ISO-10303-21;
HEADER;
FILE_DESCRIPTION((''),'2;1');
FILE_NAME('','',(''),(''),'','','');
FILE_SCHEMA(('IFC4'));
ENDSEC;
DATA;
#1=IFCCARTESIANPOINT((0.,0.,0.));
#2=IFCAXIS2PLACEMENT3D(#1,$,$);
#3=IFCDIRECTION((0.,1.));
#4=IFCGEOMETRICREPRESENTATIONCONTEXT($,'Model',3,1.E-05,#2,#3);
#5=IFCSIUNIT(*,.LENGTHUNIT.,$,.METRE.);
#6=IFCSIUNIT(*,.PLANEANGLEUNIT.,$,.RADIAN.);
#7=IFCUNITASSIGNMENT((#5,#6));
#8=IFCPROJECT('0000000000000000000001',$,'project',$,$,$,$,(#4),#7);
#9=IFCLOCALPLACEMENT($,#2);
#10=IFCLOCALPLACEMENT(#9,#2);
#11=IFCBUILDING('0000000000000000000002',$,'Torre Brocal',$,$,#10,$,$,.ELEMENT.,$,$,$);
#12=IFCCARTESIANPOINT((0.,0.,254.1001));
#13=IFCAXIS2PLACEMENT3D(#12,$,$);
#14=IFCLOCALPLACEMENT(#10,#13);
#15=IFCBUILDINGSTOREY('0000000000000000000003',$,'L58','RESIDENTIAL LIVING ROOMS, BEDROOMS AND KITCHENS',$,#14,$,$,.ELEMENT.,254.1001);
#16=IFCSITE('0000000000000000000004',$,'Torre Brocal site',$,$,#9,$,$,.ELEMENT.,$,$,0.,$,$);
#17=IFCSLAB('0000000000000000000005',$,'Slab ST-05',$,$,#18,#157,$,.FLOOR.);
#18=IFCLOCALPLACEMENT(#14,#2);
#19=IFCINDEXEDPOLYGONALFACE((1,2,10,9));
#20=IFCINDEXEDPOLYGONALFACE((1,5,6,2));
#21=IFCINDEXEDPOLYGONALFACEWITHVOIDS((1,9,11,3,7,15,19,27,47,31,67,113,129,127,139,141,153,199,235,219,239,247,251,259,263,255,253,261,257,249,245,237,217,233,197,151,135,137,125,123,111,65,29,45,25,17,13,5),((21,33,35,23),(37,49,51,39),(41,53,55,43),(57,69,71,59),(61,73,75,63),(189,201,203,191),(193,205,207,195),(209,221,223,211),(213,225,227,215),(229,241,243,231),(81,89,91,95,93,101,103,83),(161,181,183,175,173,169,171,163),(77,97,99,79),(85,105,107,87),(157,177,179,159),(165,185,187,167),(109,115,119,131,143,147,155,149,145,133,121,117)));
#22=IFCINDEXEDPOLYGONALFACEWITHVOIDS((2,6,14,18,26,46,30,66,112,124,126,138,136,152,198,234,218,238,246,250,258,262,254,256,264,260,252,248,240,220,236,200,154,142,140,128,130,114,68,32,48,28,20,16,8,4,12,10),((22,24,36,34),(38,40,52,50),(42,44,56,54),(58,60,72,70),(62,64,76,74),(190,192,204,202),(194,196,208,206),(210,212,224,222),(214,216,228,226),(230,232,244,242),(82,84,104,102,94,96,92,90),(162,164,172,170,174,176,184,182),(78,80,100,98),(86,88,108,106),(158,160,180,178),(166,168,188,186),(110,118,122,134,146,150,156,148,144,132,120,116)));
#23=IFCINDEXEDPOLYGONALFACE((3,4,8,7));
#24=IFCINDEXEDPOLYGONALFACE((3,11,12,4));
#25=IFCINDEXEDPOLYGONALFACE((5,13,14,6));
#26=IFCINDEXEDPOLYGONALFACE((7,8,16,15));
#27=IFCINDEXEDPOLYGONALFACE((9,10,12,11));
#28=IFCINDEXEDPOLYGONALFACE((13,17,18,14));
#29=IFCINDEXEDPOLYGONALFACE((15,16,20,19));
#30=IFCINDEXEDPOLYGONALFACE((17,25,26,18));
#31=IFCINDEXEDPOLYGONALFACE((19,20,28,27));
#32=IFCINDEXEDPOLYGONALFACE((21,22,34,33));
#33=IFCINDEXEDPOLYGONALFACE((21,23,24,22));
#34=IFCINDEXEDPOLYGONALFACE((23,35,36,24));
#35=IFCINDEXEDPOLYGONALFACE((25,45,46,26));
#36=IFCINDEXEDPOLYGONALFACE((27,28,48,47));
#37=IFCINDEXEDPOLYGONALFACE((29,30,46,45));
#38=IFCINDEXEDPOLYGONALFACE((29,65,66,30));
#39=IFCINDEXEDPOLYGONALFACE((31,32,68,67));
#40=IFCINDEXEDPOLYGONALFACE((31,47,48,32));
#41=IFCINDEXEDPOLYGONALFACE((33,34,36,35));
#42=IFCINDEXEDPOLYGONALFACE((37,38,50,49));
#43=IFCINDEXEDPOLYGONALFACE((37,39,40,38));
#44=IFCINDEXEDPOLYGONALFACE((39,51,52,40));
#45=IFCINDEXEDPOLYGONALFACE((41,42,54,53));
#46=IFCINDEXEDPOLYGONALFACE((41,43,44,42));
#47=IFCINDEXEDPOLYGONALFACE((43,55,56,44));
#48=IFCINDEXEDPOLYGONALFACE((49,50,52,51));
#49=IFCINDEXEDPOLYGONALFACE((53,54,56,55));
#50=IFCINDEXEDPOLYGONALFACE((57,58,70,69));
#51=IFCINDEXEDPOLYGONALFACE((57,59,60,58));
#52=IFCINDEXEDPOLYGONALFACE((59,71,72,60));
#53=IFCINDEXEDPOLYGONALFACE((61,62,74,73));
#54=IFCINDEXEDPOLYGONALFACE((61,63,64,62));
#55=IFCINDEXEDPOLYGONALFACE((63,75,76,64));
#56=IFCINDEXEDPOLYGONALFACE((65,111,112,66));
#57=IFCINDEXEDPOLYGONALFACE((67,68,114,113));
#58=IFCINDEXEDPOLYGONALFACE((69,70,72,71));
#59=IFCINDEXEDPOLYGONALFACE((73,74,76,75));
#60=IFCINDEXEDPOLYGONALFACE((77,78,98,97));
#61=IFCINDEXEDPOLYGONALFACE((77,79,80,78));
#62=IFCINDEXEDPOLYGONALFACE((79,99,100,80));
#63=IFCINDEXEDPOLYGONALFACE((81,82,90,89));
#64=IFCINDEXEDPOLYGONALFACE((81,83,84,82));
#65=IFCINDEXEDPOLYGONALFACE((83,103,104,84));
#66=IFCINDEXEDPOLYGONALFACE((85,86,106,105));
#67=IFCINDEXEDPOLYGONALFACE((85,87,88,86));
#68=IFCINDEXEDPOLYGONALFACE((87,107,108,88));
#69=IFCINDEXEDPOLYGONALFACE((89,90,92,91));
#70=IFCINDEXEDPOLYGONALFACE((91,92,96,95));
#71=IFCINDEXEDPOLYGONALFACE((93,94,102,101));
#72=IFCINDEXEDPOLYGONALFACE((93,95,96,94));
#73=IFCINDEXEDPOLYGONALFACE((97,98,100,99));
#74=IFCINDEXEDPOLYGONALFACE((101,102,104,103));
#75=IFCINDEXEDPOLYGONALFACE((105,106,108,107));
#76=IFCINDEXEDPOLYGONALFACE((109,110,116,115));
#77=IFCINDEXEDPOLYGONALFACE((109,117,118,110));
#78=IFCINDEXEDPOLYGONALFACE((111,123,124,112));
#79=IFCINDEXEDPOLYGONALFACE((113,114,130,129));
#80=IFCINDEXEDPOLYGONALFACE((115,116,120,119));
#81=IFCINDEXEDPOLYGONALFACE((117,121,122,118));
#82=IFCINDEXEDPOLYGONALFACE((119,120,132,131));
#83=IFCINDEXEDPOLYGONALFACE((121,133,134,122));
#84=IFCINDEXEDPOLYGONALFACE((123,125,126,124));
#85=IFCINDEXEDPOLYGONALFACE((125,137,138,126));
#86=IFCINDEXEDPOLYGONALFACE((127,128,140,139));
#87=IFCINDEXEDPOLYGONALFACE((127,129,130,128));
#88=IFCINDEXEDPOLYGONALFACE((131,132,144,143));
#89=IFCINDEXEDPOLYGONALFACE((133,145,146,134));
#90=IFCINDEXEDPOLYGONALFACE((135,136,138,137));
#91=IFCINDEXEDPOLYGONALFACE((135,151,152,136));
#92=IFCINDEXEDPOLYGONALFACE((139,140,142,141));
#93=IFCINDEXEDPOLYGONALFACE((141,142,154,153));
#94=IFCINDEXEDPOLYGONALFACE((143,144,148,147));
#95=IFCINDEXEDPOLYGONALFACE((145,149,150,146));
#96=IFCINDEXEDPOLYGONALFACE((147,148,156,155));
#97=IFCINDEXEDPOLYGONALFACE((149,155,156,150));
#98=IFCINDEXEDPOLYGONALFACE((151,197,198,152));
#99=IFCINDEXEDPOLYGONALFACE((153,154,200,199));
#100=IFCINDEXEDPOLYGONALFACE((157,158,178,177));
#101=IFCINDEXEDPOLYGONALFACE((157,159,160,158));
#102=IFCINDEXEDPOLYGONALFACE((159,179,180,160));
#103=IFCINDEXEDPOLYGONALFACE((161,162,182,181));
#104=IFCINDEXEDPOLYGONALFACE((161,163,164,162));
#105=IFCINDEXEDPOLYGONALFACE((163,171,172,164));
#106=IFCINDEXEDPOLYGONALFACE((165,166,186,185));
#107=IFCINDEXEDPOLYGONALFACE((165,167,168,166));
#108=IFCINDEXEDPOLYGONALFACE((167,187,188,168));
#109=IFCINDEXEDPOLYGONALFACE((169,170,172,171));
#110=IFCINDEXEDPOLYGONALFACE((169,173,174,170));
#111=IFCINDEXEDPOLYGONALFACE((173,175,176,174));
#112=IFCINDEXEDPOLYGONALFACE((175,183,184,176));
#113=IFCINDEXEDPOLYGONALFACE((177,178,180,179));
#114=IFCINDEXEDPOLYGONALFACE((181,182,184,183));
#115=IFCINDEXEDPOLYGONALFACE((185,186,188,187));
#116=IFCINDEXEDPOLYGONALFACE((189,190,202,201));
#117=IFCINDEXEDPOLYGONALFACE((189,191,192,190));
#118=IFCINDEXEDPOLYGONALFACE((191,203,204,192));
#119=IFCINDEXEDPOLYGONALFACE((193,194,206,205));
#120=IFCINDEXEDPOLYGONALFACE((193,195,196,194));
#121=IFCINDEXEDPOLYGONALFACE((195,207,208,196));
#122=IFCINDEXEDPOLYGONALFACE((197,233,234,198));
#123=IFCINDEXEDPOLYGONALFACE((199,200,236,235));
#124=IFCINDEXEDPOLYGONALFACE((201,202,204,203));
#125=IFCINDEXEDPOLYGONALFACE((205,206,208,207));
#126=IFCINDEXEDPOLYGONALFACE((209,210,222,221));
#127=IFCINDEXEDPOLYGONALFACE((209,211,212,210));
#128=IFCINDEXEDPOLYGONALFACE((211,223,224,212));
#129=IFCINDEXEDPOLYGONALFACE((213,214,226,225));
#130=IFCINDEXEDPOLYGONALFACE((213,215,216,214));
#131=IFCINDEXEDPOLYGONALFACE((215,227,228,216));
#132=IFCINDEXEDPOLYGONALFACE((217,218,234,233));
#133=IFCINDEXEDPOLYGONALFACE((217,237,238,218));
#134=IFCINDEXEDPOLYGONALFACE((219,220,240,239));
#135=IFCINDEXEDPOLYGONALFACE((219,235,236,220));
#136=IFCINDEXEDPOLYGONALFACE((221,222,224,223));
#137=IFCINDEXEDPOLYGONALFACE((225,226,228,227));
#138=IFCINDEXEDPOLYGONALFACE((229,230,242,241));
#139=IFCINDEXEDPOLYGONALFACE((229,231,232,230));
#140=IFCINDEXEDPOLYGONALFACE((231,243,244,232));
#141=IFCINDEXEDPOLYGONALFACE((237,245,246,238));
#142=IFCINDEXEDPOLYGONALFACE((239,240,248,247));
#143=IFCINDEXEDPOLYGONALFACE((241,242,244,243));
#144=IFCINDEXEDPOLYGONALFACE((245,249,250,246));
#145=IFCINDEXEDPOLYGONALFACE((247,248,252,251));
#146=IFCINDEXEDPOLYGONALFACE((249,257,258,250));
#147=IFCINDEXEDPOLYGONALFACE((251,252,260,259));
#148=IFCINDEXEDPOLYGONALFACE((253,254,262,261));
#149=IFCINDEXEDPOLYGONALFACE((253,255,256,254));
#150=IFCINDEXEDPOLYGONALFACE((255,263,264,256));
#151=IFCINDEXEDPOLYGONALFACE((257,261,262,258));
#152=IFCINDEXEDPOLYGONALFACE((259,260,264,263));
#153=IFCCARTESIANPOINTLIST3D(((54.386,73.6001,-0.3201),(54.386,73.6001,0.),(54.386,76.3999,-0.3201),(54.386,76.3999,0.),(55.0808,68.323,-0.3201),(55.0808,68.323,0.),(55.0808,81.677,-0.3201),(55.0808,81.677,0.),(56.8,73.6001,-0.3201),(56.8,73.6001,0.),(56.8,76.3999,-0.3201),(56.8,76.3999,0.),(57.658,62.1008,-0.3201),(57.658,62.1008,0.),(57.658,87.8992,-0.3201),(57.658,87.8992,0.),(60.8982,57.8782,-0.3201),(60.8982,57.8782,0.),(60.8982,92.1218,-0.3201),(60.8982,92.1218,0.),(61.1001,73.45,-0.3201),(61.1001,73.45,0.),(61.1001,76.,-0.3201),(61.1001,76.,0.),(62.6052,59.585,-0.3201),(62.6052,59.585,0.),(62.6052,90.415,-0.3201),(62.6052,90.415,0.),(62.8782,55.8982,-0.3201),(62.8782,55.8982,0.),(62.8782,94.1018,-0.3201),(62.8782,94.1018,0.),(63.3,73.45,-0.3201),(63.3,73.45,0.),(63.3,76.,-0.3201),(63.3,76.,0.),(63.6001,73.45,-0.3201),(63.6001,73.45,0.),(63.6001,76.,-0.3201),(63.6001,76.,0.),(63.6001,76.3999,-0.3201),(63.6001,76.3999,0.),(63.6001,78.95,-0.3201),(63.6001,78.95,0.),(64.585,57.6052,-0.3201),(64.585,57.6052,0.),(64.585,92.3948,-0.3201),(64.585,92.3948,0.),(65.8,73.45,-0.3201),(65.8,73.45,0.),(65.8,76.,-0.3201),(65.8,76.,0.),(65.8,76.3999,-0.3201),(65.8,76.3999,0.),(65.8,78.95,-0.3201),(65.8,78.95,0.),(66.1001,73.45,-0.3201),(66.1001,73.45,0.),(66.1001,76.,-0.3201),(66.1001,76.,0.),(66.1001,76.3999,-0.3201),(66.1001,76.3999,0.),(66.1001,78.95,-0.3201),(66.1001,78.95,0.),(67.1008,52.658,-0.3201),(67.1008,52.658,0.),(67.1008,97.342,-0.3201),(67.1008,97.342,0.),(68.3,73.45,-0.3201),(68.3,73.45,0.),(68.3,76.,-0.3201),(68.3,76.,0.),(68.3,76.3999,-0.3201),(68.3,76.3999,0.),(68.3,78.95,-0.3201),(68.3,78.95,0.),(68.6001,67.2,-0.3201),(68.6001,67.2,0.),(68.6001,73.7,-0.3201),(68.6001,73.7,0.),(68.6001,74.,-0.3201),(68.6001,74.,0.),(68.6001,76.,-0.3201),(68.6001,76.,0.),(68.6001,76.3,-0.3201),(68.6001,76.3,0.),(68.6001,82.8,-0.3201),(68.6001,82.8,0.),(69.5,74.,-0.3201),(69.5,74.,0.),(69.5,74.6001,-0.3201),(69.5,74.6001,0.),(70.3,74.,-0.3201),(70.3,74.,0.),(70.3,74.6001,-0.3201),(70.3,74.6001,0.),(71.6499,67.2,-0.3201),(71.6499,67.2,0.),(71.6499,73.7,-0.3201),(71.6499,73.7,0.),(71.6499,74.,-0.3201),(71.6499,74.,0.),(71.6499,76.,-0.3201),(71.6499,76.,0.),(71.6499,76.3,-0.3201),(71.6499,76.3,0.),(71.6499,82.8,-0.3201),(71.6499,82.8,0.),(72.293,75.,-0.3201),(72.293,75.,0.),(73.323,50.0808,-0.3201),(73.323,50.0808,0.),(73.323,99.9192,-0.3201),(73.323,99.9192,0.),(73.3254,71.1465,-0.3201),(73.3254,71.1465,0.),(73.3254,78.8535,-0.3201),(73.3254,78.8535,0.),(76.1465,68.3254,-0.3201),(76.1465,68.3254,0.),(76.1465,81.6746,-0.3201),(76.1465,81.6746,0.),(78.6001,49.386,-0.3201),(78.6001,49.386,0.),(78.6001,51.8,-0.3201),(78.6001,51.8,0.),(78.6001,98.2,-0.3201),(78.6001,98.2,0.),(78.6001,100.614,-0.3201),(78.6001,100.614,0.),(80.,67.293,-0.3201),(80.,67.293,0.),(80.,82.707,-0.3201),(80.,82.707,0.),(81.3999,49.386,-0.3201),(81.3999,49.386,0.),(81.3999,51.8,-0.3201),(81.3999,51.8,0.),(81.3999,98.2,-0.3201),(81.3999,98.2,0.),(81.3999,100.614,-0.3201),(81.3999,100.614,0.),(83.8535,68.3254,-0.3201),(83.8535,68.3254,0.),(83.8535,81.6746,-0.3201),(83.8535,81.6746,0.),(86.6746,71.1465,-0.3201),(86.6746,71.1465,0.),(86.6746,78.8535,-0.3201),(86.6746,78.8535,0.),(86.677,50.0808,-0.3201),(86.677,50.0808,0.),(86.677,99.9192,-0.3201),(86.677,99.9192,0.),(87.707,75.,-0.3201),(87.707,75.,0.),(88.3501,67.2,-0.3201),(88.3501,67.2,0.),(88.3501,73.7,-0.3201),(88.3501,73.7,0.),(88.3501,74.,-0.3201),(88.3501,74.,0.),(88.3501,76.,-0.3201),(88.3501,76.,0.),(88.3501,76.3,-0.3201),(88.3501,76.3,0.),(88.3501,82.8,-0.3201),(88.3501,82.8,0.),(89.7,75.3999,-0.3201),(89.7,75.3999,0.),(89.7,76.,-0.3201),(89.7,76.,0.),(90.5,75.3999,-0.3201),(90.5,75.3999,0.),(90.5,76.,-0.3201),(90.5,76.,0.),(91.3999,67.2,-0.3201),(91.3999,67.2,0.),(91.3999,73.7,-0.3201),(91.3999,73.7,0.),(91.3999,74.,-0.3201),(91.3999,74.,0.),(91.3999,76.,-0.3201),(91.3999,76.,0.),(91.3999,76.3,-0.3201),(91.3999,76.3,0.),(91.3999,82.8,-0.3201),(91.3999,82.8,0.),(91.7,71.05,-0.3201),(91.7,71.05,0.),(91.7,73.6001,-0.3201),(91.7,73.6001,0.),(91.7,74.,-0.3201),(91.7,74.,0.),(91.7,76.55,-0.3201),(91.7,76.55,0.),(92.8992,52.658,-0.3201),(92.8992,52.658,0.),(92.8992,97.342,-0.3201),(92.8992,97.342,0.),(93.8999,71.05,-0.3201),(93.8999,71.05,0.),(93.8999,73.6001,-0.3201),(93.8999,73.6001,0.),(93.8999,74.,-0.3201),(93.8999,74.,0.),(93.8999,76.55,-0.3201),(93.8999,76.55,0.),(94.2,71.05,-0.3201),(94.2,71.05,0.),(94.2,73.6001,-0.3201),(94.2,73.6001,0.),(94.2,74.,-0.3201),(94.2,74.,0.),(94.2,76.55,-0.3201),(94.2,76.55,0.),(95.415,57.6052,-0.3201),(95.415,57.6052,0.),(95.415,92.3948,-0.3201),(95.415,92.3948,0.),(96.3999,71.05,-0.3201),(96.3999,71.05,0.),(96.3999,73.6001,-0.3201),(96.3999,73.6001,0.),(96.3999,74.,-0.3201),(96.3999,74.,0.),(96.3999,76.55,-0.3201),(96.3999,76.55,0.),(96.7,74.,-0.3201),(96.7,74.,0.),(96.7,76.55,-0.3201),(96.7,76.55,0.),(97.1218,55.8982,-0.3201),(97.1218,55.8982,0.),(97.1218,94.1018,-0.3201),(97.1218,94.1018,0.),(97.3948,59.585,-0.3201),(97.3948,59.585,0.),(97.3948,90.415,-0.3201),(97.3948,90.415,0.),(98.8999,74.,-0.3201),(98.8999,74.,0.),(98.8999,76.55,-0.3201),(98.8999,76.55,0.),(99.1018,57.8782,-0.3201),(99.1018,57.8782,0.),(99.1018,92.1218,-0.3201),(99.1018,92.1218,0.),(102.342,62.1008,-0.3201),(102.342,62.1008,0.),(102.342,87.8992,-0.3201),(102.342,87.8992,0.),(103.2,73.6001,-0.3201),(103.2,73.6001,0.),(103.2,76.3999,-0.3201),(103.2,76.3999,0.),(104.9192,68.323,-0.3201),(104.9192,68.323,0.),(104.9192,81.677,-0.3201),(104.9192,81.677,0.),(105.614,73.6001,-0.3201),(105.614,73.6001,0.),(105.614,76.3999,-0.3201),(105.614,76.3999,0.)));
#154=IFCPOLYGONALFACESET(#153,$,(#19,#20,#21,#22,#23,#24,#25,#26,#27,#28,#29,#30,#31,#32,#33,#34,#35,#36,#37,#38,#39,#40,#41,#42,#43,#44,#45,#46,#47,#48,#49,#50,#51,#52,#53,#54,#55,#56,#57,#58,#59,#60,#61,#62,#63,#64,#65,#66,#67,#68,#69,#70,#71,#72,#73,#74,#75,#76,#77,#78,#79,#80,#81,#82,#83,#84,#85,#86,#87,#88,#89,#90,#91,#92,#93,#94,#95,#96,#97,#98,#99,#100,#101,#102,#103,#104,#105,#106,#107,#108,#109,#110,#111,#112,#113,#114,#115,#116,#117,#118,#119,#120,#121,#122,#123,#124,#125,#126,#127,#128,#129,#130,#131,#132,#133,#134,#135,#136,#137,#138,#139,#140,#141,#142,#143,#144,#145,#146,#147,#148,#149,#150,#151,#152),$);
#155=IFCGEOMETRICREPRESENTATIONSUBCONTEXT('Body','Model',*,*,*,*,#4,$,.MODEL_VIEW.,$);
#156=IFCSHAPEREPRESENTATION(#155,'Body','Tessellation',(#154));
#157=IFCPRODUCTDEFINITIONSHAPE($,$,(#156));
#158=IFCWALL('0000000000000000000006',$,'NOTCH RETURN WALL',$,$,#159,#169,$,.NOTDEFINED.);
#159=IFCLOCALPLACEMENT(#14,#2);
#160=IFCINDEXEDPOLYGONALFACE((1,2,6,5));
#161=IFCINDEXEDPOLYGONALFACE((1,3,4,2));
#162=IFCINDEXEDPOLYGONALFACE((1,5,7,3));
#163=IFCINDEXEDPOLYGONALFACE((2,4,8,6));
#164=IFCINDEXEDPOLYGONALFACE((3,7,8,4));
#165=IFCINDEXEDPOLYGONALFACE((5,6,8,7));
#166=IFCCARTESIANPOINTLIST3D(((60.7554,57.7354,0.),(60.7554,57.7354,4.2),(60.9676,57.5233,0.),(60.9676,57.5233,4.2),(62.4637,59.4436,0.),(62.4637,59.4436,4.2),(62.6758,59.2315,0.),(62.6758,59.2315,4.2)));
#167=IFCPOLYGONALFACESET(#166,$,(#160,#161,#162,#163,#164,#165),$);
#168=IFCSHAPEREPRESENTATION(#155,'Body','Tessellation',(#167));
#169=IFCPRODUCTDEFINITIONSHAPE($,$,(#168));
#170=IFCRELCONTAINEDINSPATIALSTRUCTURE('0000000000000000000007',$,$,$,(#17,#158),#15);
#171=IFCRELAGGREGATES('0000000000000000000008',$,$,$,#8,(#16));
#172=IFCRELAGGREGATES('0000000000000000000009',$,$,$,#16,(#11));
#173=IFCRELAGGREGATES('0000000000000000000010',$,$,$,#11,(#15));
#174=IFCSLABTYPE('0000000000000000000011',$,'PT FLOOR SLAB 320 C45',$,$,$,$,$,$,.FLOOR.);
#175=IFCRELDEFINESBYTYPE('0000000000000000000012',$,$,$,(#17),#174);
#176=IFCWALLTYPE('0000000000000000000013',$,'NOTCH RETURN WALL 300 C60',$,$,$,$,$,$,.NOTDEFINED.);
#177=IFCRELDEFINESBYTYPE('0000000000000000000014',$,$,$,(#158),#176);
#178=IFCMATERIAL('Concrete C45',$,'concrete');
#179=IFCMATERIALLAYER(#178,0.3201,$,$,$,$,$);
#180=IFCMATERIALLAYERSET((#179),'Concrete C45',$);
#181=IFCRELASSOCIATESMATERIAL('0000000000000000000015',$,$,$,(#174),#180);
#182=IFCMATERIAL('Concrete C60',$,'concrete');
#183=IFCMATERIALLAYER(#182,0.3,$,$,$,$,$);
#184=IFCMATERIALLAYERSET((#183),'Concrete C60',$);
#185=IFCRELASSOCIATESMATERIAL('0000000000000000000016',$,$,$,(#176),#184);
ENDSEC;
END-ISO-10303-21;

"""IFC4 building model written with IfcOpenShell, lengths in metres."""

from ifc_helpers import new_model, si_unit, direction, frame, frame_2d, origin, place, context, subcontext, project, spatial, polyline, rectangle, outline, extrude, material, layer, layer_set, type_object, element, save


model = new_model("IFC4")

# Units and contexts
model_context = context("Model", 3, precision=1e-05, world=origin(), true_north=direction((0.0, 1.0)))
body_context = subcontext(model_context, "Body", "Model", "MODEL_VIEW")
ifc_project = project(units=[si_unit("LENGTHUNIT", "METRE"), si_unit("PLANEANGLEUNIT", "RADIAN")], contexts=[model_context])

# Site, building, storey
site_placement = place(None, origin())
site = spatial("IfcSite", under=ifc_project, at=site_placement, Name="Torre Brocal site", CompositionType="ELEMENT", RefElevation=0.0)
building_placement = place(site_placement, origin())
building = spatial("IfcBuilding", under=site, at=building_placement, Name="Torre Brocal", CompositionType="ELEMENT")
storey_placement = place(building_placement, frame((0.0, 0.0, 254.1001)))
storey = spatial("IfcBuildingStorey", under=building, at=storey_placement, Name="L58", Description="RESIDENTIAL LIVING ROOMS, BEDROOMS AND KITCHENS", CompositionType="ELEMENT", Elevation=254.1001)

# Slab
ifc_material_1 = material(Name="Concrete C45", Category="concrete")
ifc_layer_1 = layer(ifc_material_1, 0.3201)
ifc_layer_set_1 = layer_set([ifc_layer_1], Name="Concrete C45")
slab_type_1 = type_object("IfcSlabType", Name="PT FLOOR SLAB 320 C45", PredefinedType="FLOOR", material=ifc_layer_set_1)
slab_1_placement = place(storey_placement, frame((0.0, 0.0, -0.3201)))
element("IfcSlab", 1, at=slab_1_placement, inside=storey, type_object=slab_type_1, Name="Slab ST-05", PredefinedType="FLOOR", context=body_context, shape_type="SweptSolid", body=[
    extrude(outline(polyline([(103.2, 76.3999), (103.2, 73.6001), (105.614, 73.6001), (104.9192, 68.323), (102.342, 62.1008), (99.1018, 57.8782), (97.3948, 59.585), (95.415, 57.6052), (97.1218, 55.8982), (92.8992, 52.658), (86.677, 50.0808), (81.3999, 49.386), (81.3999, 51.8), (78.6001, 51.8), (78.6001, 49.386), (73.323, 50.0808), (67.1008, 52.658), (62.8782, 55.8982), (64.585, 57.6052), (62.6052, 59.585), (60.8982, 57.8782), (57.658, 62.1008), (55.0808, 68.323), (54.386, 73.6001), (56.8, 73.6001), (56.8, 76.3999), (54.386, 76.3999), (55.0808, 81.677), (57.658, 87.8992), (60.8982, 92.1218), (62.6052, 90.415), (64.585, 92.3948), (62.8782, 94.1018), (67.1008, 97.342), (73.323, 99.9192), (78.6001, 100.614), (78.6001, 98.2), (81.3999, 98.2), (81.3999, 100.614), (86.677, 99.9192), (92.8992, 97.342), (97.1218, 94.1018), (95.415, 92.3948), (97.3948, 90.415), (99.1018, 92.1218), (102.342, 87.8992), (104.9192, 81.677), (105.614, 76.3999), (103.2, 76.3999)]), holes=[polyline([(98.8999, 76.55), (96.7, 76.55), (96.7, 74.0), (98.8999, 74.0), (98.8999, 76.55)]), polyline([(96.3999, 76.55), (94.2, 76.55), (94.2, 74.0), (96.3999, 74.0), (96.3999, 76.55)]), polyline([(96.3999, 73.6001), (94.2, 73.6001), (94.2, 71.05), (96.3999, 71.05), (96.3999, 73.6001)]), polyline([(93.8999, 76.55), (91.7, 76.55), (91.7, 74.0), (93.8999, 74.0), (93.8999, 76.55)]), polyline([(93.8999, 73.6001), (91.7, 73.6001), (91.7, 71.05), (93.8999, 71.05), (93.8999, 73.6001)]), polyline([(89.7, 76.0), (88.3501, 76.0), (88.3501, 74.0), (91.3999, 74.0), (91.3999, 76.0), (90.5, 76.0), (90.5, 75.3999), (89.7, 75.3999), (89.7, 76.0)]), polyline([(91.3999, 82.8), (88.3501, 82.8), (88.3501, 76.3), (91.3999, 76.3), (91.3999, 82.8)]), polyline([(91.3999, 73.7), (88.3501, 73.7), (88.3501, 67.2), (91.3999, 67.2), (91.3999, 73.7)]), polyline([(80.0, 82.707), (76.1465, 81.6746), (73.3254, 78.8535), (72.293, 75.0), (73.3254, 71.1465), (76.1465, 68.3254), (80.0, 67.293), (83.8535, 68.3254), (86.6746, 71.1465), (87.707, 75.0), (86.6746, 78.8535), (83.8535, 81.6746), (80.0, 82.707)]), polyline([(70.3, 74.0), (71.6499, 74.0), (71.6499, 76.0), (68.6001, 76.0), (68.6001, 74.0), (69.5, 74.0), (69.5, 74.6001), (70.3, 74.6001), (70.3, 74.0)]), polyline([(68.6001, 76.3), (71.6499, 76.3), (71.6499, 82.8), (68.6001, 82.8), (68.6001, 76.3)]), polyline([(68.6001, 67.2), (71.6499, 67.2), (71.6499, 73.7), (68.6001, 73.7), (68.6001, 67.2)]), polyline([(66.1001, 76.3999), (68.3, 76.3999), (68.3, 78.95), (66.1001, 78.95), (66.1001, 76.3999)]), polyline([(66.1001, 73.45), (68.3, 73.45), (68.3, 76.0), (66.1001, 76.0), (66.1001, 73.45)]), polyline([(63.6001, 76.3999), (65.8, 76.3999), (65.8, 78.95), (63.6001, 78.95), (63.6001, 76.3999)]), polyline([(63.6001, 73.45), (65.8, 73.45), (65.8, 76.0), (63.6001, 76.0), (63.6001, 73.45)]), polyline([(61.1001, 73.45), (63.3, 73.45), (63.3, 76.0), (61.1001, 76.0), (61.1001, 73.45)])]), origin(), (0.0, 0.0, 1.0), 0.3201),
])

# Wall
ifc_material_2 = material(Name="Concrete C60", Category="concrete")
ifc_layer_2 = layer(ifc_material_2, 0.3)
ifc_layer_set_2 = layer_set([ifc_layer_2], Name="Concrete C60")
wall_type_1 = type_object("IfcWallType", Name="NOTCH RETURN WALL 300 C60", PredefinedType="NOTDEFINED", material=ifc_layer_set_2)
for number, where, z_axis, x_axis, name in (
    (2, (62.5698, 59.3376, 0.0), (0.0, 0.0, 1.0), (-0.707107, -0.707107, 0.0), "NOTCH RETURN WALL"),
):
    element("IfcWall", number, at=place(storey_placement, frame(where, z_axis=z_axis, x_axis=x_axis)), inside=storey, type_object=wall_type_1, Name=name, PredefinedType="NOTDEFINED", context=body_context, shape_type="SweptSolid", body=[
        extrude(rectangle(XDim=2.4158, YDim=0.3, at=frame_2d((1.208, 0.0))), origin(), (0.0, 0.0, 1.0), 4.2),
    ])

save(model, "model.ifc")
